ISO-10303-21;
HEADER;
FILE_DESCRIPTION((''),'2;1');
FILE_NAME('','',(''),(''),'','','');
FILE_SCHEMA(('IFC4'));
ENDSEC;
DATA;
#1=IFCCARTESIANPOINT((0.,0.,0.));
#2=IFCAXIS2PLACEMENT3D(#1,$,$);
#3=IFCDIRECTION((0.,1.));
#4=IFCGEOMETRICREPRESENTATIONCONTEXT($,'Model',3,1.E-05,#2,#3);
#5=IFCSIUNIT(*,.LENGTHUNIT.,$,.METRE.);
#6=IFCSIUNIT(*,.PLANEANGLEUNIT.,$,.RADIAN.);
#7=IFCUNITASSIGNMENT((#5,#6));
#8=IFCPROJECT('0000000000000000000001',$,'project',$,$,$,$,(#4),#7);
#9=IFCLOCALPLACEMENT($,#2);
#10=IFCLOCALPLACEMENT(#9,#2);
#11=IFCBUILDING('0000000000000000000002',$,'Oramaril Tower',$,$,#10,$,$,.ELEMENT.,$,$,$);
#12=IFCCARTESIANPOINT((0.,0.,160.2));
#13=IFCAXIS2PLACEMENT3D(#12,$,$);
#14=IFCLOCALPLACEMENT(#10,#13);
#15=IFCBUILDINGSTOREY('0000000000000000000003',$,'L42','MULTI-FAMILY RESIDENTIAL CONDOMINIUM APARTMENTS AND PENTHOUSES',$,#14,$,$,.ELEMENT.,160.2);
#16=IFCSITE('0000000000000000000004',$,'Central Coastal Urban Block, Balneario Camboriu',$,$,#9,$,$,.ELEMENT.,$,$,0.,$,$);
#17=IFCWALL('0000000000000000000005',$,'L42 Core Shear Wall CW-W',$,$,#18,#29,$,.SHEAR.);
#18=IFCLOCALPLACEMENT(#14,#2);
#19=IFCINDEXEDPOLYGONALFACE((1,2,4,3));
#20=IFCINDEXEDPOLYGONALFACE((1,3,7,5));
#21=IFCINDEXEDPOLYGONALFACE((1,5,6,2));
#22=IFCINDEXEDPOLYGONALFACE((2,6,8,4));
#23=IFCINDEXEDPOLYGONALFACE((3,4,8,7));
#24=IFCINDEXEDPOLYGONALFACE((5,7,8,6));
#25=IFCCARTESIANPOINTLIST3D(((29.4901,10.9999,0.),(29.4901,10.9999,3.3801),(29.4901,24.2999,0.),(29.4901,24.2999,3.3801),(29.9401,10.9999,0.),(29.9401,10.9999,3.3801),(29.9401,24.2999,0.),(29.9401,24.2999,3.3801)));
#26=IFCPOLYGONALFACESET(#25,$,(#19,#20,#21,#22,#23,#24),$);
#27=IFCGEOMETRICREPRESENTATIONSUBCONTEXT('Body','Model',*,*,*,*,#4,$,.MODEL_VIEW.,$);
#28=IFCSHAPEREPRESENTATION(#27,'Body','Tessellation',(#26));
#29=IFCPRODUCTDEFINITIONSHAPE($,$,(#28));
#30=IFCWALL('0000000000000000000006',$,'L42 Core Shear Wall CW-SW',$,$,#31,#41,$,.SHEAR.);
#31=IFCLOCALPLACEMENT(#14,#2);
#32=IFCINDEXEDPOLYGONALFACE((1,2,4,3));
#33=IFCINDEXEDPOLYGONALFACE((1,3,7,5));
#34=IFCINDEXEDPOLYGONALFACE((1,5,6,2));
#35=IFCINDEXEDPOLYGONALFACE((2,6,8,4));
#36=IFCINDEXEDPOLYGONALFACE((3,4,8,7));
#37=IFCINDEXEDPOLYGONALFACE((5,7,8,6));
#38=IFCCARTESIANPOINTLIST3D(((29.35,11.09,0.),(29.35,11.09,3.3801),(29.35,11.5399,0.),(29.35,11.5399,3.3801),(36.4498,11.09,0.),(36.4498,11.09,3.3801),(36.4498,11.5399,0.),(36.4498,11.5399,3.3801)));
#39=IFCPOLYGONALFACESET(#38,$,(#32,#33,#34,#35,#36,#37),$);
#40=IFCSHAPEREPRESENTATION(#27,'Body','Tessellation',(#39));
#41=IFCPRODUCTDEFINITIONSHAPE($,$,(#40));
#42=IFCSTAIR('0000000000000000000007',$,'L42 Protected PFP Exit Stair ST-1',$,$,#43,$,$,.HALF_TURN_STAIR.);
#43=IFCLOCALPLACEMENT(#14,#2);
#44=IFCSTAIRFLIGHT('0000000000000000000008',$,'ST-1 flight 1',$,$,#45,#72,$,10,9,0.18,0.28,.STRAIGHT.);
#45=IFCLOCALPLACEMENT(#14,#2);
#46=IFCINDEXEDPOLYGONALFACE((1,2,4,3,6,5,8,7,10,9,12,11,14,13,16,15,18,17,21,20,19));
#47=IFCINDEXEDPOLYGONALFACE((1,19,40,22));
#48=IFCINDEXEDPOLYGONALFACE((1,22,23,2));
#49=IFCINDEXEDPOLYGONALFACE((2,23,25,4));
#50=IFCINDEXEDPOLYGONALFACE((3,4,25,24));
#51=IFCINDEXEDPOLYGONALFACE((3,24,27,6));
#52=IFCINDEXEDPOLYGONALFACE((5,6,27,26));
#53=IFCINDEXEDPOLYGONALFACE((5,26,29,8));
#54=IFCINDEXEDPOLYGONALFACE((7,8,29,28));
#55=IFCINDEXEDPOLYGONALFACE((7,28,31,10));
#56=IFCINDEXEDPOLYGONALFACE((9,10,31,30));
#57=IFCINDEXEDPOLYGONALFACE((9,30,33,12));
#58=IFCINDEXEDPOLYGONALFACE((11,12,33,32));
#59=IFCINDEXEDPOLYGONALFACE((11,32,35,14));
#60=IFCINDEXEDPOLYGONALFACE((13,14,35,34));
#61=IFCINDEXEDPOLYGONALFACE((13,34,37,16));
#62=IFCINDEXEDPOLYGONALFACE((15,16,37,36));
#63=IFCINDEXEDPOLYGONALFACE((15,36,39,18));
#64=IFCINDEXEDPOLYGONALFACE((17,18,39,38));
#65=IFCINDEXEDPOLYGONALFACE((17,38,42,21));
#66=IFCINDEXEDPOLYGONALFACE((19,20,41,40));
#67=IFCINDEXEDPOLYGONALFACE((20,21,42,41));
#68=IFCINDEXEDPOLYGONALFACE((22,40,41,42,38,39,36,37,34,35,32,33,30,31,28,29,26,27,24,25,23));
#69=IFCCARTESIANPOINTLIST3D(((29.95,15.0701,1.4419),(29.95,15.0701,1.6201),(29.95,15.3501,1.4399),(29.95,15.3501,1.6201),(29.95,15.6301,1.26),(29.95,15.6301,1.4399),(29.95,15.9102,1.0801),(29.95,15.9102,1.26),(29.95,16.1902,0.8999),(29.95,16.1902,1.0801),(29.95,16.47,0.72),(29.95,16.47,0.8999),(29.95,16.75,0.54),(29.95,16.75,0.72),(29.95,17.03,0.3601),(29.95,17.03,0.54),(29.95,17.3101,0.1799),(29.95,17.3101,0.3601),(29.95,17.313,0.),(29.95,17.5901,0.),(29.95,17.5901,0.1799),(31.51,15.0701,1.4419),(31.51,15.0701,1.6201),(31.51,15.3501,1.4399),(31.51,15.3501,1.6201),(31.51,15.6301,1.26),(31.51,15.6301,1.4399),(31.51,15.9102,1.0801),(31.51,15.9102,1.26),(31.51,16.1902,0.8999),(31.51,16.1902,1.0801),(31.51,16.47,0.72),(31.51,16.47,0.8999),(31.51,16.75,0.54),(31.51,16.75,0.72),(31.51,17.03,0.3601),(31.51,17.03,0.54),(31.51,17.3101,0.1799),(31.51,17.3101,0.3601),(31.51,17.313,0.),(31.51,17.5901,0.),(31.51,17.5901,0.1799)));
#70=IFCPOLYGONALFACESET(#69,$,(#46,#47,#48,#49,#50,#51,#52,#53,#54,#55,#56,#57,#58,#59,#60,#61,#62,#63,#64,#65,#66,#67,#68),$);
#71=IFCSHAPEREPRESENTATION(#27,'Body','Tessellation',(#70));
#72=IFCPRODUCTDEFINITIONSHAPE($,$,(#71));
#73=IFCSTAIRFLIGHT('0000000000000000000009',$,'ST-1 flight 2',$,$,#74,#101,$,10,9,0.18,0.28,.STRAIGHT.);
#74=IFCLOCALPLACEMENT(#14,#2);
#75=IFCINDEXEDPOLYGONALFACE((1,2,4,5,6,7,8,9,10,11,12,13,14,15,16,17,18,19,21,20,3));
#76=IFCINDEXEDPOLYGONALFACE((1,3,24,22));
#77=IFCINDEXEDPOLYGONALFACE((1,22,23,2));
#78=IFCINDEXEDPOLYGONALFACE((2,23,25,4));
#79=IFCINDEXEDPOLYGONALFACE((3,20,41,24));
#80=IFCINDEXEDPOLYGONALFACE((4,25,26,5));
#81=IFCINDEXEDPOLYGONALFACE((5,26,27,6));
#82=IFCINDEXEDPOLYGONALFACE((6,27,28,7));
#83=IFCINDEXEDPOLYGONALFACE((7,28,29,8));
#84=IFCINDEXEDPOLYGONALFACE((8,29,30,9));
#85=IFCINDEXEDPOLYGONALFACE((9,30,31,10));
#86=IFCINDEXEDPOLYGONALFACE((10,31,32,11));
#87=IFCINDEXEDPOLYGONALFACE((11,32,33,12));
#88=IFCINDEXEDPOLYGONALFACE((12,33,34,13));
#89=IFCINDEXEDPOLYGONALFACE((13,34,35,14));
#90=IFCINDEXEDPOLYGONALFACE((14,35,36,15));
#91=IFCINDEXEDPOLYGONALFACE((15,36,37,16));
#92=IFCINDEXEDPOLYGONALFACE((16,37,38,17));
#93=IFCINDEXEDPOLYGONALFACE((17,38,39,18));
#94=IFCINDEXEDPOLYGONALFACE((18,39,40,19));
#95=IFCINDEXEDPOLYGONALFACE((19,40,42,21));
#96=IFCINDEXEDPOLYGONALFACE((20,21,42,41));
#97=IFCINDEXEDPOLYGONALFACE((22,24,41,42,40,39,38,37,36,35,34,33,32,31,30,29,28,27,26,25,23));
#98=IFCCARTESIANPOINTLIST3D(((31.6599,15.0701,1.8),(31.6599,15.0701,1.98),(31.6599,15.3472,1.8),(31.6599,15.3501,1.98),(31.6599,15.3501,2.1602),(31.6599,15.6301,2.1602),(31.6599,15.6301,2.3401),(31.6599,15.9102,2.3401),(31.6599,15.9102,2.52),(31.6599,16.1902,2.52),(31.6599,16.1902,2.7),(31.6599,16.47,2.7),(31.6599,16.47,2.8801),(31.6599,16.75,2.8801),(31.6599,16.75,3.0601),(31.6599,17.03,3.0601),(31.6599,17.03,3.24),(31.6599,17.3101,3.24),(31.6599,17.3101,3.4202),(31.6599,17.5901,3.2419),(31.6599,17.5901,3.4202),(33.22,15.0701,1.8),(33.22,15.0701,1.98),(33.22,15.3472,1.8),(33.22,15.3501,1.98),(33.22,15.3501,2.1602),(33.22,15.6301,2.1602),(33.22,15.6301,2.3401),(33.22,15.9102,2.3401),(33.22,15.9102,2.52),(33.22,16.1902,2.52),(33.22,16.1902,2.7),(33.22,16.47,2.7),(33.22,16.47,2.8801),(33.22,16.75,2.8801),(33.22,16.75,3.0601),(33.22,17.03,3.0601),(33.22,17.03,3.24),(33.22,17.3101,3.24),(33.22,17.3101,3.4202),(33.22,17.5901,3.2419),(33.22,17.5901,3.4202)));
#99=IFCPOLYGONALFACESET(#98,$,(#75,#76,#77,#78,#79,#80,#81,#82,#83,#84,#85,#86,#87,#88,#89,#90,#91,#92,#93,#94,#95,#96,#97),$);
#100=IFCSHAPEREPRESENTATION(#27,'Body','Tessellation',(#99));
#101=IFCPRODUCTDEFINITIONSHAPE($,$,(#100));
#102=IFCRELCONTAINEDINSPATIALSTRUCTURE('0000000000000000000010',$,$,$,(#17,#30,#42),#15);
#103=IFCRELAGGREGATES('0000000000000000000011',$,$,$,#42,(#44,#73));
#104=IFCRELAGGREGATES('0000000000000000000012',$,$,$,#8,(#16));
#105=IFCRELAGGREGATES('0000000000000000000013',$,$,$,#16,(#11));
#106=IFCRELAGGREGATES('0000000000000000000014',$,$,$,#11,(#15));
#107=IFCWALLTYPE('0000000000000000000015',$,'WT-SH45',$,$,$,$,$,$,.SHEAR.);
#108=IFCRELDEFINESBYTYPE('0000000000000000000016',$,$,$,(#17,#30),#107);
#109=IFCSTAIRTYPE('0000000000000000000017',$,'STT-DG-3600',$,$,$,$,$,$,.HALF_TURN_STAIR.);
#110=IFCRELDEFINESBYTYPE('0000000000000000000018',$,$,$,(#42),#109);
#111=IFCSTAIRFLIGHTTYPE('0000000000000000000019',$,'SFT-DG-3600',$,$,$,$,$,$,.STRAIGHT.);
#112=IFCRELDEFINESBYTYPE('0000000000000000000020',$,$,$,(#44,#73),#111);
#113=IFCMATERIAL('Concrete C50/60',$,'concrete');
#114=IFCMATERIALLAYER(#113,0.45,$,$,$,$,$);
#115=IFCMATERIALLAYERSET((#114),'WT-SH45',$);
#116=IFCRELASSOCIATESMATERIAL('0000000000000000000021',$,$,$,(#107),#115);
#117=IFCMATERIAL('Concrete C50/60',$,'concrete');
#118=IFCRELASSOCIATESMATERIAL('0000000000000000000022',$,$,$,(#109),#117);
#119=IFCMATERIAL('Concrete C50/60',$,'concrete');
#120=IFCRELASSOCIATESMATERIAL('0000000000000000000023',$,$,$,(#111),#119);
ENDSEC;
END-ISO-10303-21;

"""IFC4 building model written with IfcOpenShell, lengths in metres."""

from ifc_helpers import new_model, si_unit, direction, frame, frame_2d, origin, place, context, subcontext, project, spatial, polyline, rectangle, outline, extrude, material, layer, layer_set, type_object, element, aggregate, save


model = new_model("IFC4")

# Units and contexts
model_context = context("Model", 3, precision=1e-05, world=origin(), true_north=direction((0.0, 1.0)))
body_context = subcontext(model_context, "Body", "Model", "MODEL_VIEW")
ifc_project = project(units=[si_unit("LENGTHUNIT", "METRE"), si_unit("PLANEANGLEUNIT", "RADIAN")], contexts=[model_context])

# Site, building, storey
site_placement = place(None, origin())
site = spatial("IfcSite", under=ifc_project, at=site_placement, Name="Central Coastal Urban Block, Balneario Camboriu", CompositionType="ELEMENT", RefElevation=0.0)
building_placement = place(site_placement, origin())
building = spatial("IfcBuilding", under=site, at=building_placement, Name="Oramaril Tower", CompositionType="ELEMENT")
storey_placement = place(building_placement, frame((0.0, 0.0, 160.2)))
storey = spatial("IfcBuildingStorey", under=building, at=storey_placement, Name="L42", Description="MULTI-FAMILY RESIDENTIAL CONDOMINIUM APARTMENTS AND PENTHOUSES", CompositionType="ELEMENT", Elevation=160.2)

# Walls
ifc_material_1 = material(Name="Concrete C50/60", Category="concrete")
ifc_layer_1 = layer(ifc_material_1, 0.45)
ifc_layer_set_1 = layer_set([ifc_layer_1], Name="WT-SH45")
wall_type_1 = type_object("IfcWallType", Name="WT-SH45", PredefinedType="SHEAR", material=ifc_layer_set_1)
wall_1_placement = place(storey_placement, frame((29.7151, 11.0, 0.0), z_axis=(0.0, 0.0, 1.0), x_axis=(0.0, 1.0, 0.0)))
element("IfcWall", 1, at=wall_1_placement, inside=storey, type_object=wall_type_1, Name="L42 Core Shear Wall CW-W", PredefinedType="SHEAR", context=body_context, shape_type="SweptSolid", body=[
    extrude(rectangle(XDim=13.3, YDim=0.45, at=frame_2d((6.6499, 0.0))), origin(), (0.0, 0.0, 1.0), 3.3801),
])
wall_2_placement = place(storey_placement, frame((29.3501, 11.3149, 0.0), z_axis=(0.0, 0.0, 1.0), x_axis=(1.0, 0.0, 0.0)))
element("IfcWall", 2, at=wall_2_placement, inside=storey, type_object=wall_type_1, Name="L42 Core Shear Wall CW-SW", PredefinedType="SHEAR", context=body_context, shape_type="SweptSolid", body=[
    extrude(rectangle(XDim=7.0999, YDim=0.45, at=frame_2d((3.5498, 0.0))), origin(), (0.0, 0.0, 1.0), 3.3801),
])

# Stair, stair flights
ifc_material_2 = material(Name="Concrete C50/60", Category="concrete")
stair_type = type_object("IfcStairType", Name="STT-DG-3600", PredefinedType="HALF_TURN_STAIR", material=ifc_material_2)
stair_placement = place(storey_placement, origin())
stair = element("IfcStair", 3, at=stair_placement, inside=storey, type_object=stair_type, Name="L42 Protected PFP Exit Stair ST-1", PredefinedType="HALF_TURN_STAIR")
ifc_material_3 = material(Name="Concrete C50/60", Category="concrete")
stair_flight_type = type_object("IfcStairFlightType", Name="SFT-DG-3600", PredefinedType="STRAIGHT", material=ifc_material_3)
stair_flight_1_placement = place(storey_placement, frame((30.73, 17.5901, 0.0), z_axis=(0.0, 0.0, 1.0), x_axis=(0.0, -1.0, 0.0)))
stair_flight_1 = element("IfcStairFlight", 4, at=stair_flight_1_placement, type_object=stair_flight_type, Name="ST-1 flight 1", NumberOfRisers=10, NumberOfTreads=9, PredefinedType="STRAIGHT", RiserHeight=0.18, TreadLength=0.28, context=body_context, shape_type="SweptSolid", body=[
    extrude(outline(polyline([(0.0, 0.0), (0.0, 0.1799), (0.28, 0.1799), (0.28, 0.3601), (0.5601, 0.3601), (0.5601, 0.54), (0.8401, 0.54), (0.8401, 0.72), (1.1201, 0.72), (1.1201, 0.8999), (1.3999, 0.8999), (1.3999, 1.0801), (1.6799, 1.0801), (1.6799, 1.26), (1.96, 1.26), (1.96, 1.4399), (2.24, 1.4399), (2.24, 1.6201), (2.52, 1.6201), (2.52, 1.8), (2.52, 1.4419), (0.2771, 0.0), (0.0, 0.0)])), frame((0.0, 0.78, 0.0), z_axis=(0.0, -1.0, 0.0), x_axis=(1.0, 0.0, 0.0)), (0.0, 0.0, 1.0), 1.5601),
])
stair_flight_2_placement = place(storey_placement, frame((32.4399, 15.0701, 1.8), z_axis=(0.0, 0.0, 1.0), x_axis=(0.0, 1.0, 0.0)))
stair_flight_2 = element("IfcStairFlight", 5, at=stair_flight_2_placement, type_object=stair_flight_type, Name="ST-1 flight 2", NumberOfRisers=10, NumberOfTreads=9, PredefinedType="STRAIGHT", RiserHeight=0.18, TreadLength=0.28, context=body_context, shape_type="SweptSolid", body=[
    extrude(outline(polyline([(0.0, 0.0), (0.0, 0.1799), (0.28, 0.1799), (0.28, 0.3601), (0.5601, 0.3601), (0.5601, 0.54), (0.8401, 0.54), (0.8401, 0.72), (1.1201, 0.72), (1.1201, 0.8999), (1.3999, 0.8999), (1.3999, 1.0801), (1.6799, 1.0801), (1.6799, 1.26), (1.96, 1.26), (1.96, 1.4399), (2.24, 1.4399), (2.24, 1.6201), (2.52, 1.6201), (2.52, 1.8), (2.52, 1.4419), (0.2771, 0.0), (0.0, 0.0)])), frame((0.0, 0.78, 0.0), z_axis=(0.0, -1.0, 0.0), x_axis=(1.0, 0.0, 0.0)), (0.0, 0.0, 1.0), 1.5601),
])
aggregate(stair, [stair_flight_1, stair_flight_2])

save(model, "model.ifc")
